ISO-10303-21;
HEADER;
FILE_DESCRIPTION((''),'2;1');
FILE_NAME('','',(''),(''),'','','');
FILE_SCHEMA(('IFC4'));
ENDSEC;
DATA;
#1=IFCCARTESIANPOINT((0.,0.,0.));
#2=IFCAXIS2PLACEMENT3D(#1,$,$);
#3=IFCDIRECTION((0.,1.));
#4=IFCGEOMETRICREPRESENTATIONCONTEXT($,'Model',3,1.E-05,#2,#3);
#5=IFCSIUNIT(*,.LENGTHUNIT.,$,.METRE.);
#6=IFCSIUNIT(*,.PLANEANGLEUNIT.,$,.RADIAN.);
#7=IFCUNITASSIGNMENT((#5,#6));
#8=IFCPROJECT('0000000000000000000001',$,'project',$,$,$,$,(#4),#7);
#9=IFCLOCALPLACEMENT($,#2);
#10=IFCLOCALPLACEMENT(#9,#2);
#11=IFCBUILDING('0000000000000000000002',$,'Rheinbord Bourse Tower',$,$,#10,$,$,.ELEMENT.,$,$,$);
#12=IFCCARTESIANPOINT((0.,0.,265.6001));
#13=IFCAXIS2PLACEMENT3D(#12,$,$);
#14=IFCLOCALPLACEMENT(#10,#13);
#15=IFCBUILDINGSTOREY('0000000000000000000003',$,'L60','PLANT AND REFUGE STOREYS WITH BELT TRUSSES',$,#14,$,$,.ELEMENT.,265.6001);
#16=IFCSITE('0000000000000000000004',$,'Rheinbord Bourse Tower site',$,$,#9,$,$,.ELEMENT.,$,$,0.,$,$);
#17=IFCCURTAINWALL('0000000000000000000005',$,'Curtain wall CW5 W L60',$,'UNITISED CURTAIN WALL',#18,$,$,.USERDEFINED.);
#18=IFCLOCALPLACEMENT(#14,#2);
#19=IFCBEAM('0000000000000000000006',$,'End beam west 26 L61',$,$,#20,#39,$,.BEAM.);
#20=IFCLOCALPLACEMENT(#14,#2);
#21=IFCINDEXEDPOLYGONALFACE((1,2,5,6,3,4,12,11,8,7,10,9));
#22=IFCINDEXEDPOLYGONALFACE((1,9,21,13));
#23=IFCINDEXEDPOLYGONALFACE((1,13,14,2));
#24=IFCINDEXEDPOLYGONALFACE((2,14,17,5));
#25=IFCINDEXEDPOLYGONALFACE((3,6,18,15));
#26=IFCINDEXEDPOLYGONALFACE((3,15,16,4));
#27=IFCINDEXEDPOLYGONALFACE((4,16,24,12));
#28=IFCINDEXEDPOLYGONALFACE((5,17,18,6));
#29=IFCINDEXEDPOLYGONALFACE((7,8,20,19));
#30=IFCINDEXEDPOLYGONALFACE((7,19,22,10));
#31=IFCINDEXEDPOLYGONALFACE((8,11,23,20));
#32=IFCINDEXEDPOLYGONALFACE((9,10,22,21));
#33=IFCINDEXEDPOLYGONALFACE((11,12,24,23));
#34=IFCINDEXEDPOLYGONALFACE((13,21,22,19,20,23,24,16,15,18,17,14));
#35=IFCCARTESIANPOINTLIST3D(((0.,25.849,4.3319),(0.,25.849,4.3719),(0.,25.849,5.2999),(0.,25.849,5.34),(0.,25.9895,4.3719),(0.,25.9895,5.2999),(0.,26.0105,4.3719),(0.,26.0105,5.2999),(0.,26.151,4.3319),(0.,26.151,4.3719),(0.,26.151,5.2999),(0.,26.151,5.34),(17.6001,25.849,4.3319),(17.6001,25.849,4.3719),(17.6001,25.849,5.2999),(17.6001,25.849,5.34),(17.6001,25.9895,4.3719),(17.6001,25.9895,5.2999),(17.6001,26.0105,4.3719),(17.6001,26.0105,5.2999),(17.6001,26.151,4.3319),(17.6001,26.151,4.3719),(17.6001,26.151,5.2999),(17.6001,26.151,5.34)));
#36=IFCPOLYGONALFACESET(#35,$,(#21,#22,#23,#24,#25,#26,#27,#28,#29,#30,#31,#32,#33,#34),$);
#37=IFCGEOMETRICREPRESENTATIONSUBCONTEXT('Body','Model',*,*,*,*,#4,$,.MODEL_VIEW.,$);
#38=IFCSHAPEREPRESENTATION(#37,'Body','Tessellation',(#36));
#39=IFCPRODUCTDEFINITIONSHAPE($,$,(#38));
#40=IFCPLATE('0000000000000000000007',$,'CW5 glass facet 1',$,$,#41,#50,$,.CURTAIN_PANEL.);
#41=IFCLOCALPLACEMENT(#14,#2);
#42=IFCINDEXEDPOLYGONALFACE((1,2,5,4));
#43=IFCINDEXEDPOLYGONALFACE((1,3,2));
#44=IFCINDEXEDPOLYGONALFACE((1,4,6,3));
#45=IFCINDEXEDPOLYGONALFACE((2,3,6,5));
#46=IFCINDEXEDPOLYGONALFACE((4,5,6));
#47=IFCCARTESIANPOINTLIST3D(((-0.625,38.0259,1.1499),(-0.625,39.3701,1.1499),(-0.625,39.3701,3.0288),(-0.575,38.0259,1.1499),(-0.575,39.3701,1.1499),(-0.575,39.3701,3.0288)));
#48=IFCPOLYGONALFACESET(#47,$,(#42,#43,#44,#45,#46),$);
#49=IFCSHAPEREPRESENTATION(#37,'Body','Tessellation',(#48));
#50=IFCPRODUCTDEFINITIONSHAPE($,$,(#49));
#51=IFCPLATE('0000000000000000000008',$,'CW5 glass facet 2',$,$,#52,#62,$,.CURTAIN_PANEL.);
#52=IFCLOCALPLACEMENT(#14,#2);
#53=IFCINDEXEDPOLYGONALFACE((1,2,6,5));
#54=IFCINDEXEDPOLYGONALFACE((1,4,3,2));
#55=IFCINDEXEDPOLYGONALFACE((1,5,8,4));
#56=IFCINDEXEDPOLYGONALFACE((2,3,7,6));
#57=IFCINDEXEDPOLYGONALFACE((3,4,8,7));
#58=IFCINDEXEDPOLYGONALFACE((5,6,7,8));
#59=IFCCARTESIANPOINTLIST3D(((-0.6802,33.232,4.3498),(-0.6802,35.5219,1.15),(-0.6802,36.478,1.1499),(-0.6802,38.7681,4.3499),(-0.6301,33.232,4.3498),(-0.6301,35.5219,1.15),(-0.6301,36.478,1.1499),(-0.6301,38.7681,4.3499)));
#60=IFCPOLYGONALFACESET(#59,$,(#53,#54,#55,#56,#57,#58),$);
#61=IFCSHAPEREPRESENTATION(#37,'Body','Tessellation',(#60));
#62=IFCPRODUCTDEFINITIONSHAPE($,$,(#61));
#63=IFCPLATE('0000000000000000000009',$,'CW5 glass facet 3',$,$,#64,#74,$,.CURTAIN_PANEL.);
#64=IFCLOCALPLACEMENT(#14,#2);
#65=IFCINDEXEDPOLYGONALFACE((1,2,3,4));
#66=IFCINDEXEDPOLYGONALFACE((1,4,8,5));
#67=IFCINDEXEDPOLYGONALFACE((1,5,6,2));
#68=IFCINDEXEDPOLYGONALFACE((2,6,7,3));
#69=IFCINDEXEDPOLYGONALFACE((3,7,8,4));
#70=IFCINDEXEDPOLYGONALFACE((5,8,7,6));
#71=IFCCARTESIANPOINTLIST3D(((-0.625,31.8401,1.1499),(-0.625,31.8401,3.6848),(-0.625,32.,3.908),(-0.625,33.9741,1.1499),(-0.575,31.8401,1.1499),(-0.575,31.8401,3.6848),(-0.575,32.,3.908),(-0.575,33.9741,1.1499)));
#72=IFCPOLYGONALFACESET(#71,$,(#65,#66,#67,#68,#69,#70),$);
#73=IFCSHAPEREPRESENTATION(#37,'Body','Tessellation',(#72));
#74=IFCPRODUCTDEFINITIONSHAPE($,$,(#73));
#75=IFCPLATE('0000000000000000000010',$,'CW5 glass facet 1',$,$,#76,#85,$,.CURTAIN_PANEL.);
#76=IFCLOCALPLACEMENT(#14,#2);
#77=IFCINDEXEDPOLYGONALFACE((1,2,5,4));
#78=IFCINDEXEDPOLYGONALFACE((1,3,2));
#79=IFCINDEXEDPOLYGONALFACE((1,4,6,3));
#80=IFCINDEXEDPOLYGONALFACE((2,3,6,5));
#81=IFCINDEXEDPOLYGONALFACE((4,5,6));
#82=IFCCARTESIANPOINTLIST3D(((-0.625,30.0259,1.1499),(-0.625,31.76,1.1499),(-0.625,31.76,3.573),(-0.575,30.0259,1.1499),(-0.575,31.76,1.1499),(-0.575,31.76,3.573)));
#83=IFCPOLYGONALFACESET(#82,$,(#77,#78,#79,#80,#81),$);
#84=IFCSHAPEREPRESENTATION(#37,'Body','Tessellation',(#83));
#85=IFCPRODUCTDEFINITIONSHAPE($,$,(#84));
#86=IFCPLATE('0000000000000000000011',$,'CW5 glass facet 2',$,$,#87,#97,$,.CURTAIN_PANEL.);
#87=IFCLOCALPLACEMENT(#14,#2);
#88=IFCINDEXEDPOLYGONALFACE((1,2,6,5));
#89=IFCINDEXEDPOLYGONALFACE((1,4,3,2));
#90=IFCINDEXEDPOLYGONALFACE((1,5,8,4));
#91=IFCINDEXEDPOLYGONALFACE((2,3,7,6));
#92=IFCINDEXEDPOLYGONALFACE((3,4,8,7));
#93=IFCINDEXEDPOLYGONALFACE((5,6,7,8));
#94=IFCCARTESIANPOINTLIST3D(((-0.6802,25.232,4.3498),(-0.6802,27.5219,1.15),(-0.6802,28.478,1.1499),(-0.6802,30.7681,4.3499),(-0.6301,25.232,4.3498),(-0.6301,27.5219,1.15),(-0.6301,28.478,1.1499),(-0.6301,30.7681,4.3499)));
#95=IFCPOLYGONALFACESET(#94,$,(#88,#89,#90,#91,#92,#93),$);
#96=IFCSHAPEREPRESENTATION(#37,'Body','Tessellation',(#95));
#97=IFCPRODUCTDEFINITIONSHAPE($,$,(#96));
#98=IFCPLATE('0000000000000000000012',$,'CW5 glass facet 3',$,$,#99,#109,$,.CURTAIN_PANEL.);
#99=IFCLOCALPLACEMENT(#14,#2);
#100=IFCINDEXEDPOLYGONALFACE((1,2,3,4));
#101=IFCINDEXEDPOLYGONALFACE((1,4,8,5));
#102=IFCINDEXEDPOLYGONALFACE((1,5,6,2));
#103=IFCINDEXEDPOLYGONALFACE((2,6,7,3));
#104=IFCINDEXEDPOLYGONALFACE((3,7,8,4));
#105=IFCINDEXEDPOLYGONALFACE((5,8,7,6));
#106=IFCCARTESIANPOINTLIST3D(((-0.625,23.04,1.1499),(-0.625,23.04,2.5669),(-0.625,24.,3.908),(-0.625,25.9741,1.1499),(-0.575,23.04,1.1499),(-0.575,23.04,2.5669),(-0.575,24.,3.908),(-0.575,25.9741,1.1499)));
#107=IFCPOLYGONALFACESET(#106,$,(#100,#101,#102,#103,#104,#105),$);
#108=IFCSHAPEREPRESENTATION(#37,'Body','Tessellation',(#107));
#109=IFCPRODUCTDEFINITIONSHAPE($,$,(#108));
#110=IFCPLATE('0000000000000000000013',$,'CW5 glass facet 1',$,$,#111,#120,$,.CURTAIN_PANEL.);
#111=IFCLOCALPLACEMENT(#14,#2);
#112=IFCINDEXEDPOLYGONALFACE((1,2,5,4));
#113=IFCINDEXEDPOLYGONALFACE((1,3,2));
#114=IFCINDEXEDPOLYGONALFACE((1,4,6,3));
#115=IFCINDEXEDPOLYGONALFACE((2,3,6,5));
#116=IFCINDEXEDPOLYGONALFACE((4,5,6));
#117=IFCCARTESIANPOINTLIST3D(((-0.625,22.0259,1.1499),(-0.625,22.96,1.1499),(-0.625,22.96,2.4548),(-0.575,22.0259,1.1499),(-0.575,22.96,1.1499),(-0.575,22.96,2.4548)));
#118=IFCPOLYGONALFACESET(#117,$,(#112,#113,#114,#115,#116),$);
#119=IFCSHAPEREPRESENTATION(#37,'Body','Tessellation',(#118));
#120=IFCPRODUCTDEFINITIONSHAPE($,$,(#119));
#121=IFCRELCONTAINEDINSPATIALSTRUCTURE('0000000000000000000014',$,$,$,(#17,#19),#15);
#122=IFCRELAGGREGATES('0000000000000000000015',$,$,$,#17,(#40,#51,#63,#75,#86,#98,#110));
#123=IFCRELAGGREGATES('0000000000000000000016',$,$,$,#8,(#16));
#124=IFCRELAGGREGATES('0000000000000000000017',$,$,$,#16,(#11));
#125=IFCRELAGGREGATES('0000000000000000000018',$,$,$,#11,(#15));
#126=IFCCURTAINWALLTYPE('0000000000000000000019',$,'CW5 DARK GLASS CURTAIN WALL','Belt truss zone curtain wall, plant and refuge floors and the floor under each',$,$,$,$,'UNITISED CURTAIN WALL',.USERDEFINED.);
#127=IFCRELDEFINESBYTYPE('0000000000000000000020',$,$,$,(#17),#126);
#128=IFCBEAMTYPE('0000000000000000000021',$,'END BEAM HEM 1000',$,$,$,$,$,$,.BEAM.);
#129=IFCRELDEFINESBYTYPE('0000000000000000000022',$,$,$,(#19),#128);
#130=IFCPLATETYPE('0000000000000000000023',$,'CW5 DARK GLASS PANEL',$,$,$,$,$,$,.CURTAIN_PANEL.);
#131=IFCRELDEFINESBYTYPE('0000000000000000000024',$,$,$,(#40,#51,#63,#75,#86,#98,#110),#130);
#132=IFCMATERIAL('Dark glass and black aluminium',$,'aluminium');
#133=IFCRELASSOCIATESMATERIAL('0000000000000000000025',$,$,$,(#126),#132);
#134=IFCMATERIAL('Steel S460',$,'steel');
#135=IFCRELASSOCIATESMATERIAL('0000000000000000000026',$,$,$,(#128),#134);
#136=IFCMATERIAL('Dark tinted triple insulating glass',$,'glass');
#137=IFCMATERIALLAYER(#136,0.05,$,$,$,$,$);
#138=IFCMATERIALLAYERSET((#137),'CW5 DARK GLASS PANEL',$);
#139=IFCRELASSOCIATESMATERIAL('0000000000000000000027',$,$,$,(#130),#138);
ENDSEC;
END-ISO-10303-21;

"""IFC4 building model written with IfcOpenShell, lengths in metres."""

from ifc_helpers import new_model, si_unit, direction, frame, origin, origin_2d, place, context, subcontext, project, spatial, polyline, i_section, outline, extrude, material, layer, layer_set, material_profile, profile_set, type_object, element, aggregate, save


model = new_model("IFC4")

# Units and contexts
model_context = context("Model", 3, precision=1e-05, world=origin(), true_north=direction((0.0, 1.0)))
body_context = subcontext(model_context, "Body", "Model", "MODEL_VIEW")
ifc_project = project(units=[si_unit("LENGTHUNIT", "METRE"), si_unit("PLANEANGLEUNIT", "RADIAN")], contexts=[model_context])

# Site, building, storey
site_placement = place(None, origin())
site = spatial("IfcSite", under=ifc_project, at=site_placement, Name="Rheinbord Bourse Tower site", CompositionType="ELEMENT", RefElevation=0.0)
building_placement = place(site_placement, origin())
building = spatial("IfcBuilding", under=site, at=building_placement, Name="Rheinbord Bourse Tower", CompositionType="ELEMENT")
storey_placement = place(building_placement, frame((0.0, 0.0, 265.6001)))
storey = spatial("IfcBuildingStorey", under=building, at=storey_placement, Name="L60", Description="PLANT AND REFUGE STOREYS WITH BELT TRUSSES", CompositionType="ELEMENT", Elevation=265.6001)

# Curtain wall
ifc_material_1 = material(Name="Dark glass and black aluminium", Category="aluminium")
curtain_wall_type = type_object("IfcCurtainWallType", Name="CW5 DARK GLASS CURTAIN WALL", Description="Belt truss zone curtain wall, plant and refuge floors and the floor under each", ElementType="UNITISED CURTAIN WALL", PredefinedType="USERDEFINED", material=ifc_material_1)
curtain_wall_placement = place(storey_placement, origin())
curtain_wall = element("IfcCurtainWall", 1, at=curtain_wall_placement, inside=storey, type_object=curtain_wall_type, Name="Curtain wall CW5 W L60", ObjectType="UNITISED CURTAIN WALL", PredefinedType="USERDEFINED")

# Beam
ifc_material_2 = material(Name="Steel S460", Category="steel")
ifc_material_profile_1 = material_profile(ifc_material_2, i_section(OverallWidth=0.302, OverallDepth=1.0081, WebThickness=0.021, FlangeThickness=0.04, at=origin_2d()), Name="HEM 1000")
ifc_profile_set_1 = profile_set([ifc_material_profile_1], Name="Steel S460")
beam_type_1 = type_object("IfcBeamType", Name="END BEAM HEM 1000", PredefinedType="BEAM", material=ifc_profile_set_1)
beam_1_placement = place(storey_placement, frame((0.0, 26.0, 4.8359), z_axis=(1.0, 0.0, 0.0), x_axis=(0.0, 1.0, 0.0)))
element("IfcBeam", 2, at=beam_1_placement, inside=storey, type_object=beam_type_1, Name="End beam west 26 L61", PredefinedType="BEAM", context=body_context, shape_type="SweptSolid", body=[
    extrude(i_section(OverallWidth=0.302, OverallDepth=1.0081, WebThickness=0.021, FlangeThickness=0.04, at=origin_2d()), origin(), (0.0, 0.0, 1.0), 17.6001),
])

# Plates
ifc_material_3 = material(Name="Dark tinted triple insulating glass", Category="glass")
ifc_layer = layer(ifc_material_3, 0.05)
ifc_layer_set = layer_set([ifc_layer], Name="CW5 DARK GLASS PANEL")
plate_type = type_object("IfcPlateType", Name="CW5 DARK GLASS PANEL", PredefinedType="CURTAIN_PANEL", material=ifc_layer_set)
plate_1_placement = place(storey_placement, frame((-0.625, 39.3701, 1.1499), z_axis=(1.0, 0.0, 0.0), x_axis=(0.0, 0.0, 1.0)))
plate_1 = element("IfcPlate", 3, at=plate_1_placement, type_object=plate_type, Name="CW5 glass facet 1", PredefinedType="CURTAIN_PANEL", context=body_context, shape_type="SweptSolid", body=[
    extrude(outline(polyline([(0.0, 0.0), (1.8789, 0.0), (0.0, 1.3442), (0.0, 0.0)])), origin(), (0.0, 0.0, 1.0), 0.05),
])
plate_2_placement = place(storey_placement, frame((-0.6802, 36.478, 1.1499), z_axis=(1.0, 0.0, 0.0), x_axis=(0.0, 0.581972, 0.813209)))
plate_2 = element("IfcPlate", 4, at=plate_2_placement, type_object=plate_type, Name="CW5 glass facet 2", PredefinedType="CURTAIN_PANEL", context=body_context, shape_type="SweptSolid", body=[
    extrude(outline(polyline([(0.0, 0.0), (3.9351, 0.0), (0.7131, 4.502), (-0.5564, 0.7776), (0.0, 0.0)])), origin(), (0.0, 0.0, 1.0), 0.05),
])
plate_3_placement = place(storey_placement, frame((-0.625, 31.8401, 1.1499), z_axis=(1.0, 0.0, 0.0), x_axis=(0.0, 1.0, 0.0)))
plate_3 = element("IfcPlate", 5, at=plate_3_placement, type_object=plate_type, Name="CW5 glass facet 3", PredefinedType="CURTAIN_PANEL", context=body_context, shape_type="SweptSolid", body=[
    extrude(outline(polyline([(0.0, 0.0), (2.134, 0.0), (0.1599, 2.7581), (0.0, 2.5349), (0.0, 0.0)])), origin(), (0.0, 0.0, 1.0), 0.05),
])
plate_4_placement = place(storey_placement, frame((-0.625, 31.76, 1.1499), z_axis=(1.0, 0.0, 0.0), x_axis=(0.0, 0.0, 1.0)))
plate_4 = element("IfcPlate", 6, at=plate_4_placement, type_object=plate_type, Name="CW5 glass facet 1", PredefinedType="CURTAIN_PANEL", context=body_context, shape_type="SweptSolid", body=[
    extrude(outline(polyline([(0.0, 0.0), (2.4231, 0.0), (0.0, 1.7341), (0.0, 0.0)])), origin(), (0.0, 0.0, 1.0), 0.05),
])
plate_5_placement = place(storey_placement, frame((-0.6802, 28.478, 1.1499), z_axis=(1.0, 0.0, 0.0), x_axis=(0.0, 0.581972, 0.813209)))
plate_5 = element("IfcPlate", 7, at=plate_5_placement, type_object=plate_type, Name="CW5 glass facet 2", PredefinedType="CURTAIN_PANEL", context=body_context, shape_type="SweptSolid", body=[
    extrude(outline(polyline([(0.0, 0.0), (3.9351, 0.0), (0.7131, 4.502), (-0.5564, 0.7776), (0.0, 0.0)])), origin(), (0.0, 0.0, 1.0), 0.05),
])
plate_6_placement = place(storey_placement, frame((-0.625, 23.04, 1.1499), z_axis=(1.0, 0.0, 0.0), x_axis=(0.0, 1.0, 0.0)))
plate_6 = element("IfcPlate", 8, at=plate_6_placement, type_object=plate_type, Name="CW5 glass facet 3", PredefinedType="CURTAIN_PANEL", context=body_context, shape_type="SweptSolid", body=[
    extrude(outline(polyline([(0.0, 0.0), (2.9341, 0.0), (0.96, 2.7581), (0.0, 1.417), (0.0, 0.0)])), origin(), (0.0, 0.0, 1.0), 0.05),
])
plate_7_placement = place(storey_placement, frame((-0.625, 22.96, 1.1499), z_axis=(1.0, 0.0, 0.0), x_axis=(0.0, 0.0, 1.0)))
plate_7 = element("IfcPlate", 9, at=plate_7_placement, type_object=plate_type, Name="CW5 glass facet 1", PredefinedType="CURTAIN_PANEL", context=body_context, shape_type="SweptSolid", body=[
    extrude(outline(polyline([(0.0, 0.0), (1.3049, 0.0), (0.0, 0.9341), (0.0, 0.0)])), origin(), (0.0, 0.0, 1.0), 0.05),
])
aggregate(curtain_wall, [plate_1, plate_2, plate_3, plate_4, plate_5, plate_6, plate_7])

save(model, "model.ifc")
